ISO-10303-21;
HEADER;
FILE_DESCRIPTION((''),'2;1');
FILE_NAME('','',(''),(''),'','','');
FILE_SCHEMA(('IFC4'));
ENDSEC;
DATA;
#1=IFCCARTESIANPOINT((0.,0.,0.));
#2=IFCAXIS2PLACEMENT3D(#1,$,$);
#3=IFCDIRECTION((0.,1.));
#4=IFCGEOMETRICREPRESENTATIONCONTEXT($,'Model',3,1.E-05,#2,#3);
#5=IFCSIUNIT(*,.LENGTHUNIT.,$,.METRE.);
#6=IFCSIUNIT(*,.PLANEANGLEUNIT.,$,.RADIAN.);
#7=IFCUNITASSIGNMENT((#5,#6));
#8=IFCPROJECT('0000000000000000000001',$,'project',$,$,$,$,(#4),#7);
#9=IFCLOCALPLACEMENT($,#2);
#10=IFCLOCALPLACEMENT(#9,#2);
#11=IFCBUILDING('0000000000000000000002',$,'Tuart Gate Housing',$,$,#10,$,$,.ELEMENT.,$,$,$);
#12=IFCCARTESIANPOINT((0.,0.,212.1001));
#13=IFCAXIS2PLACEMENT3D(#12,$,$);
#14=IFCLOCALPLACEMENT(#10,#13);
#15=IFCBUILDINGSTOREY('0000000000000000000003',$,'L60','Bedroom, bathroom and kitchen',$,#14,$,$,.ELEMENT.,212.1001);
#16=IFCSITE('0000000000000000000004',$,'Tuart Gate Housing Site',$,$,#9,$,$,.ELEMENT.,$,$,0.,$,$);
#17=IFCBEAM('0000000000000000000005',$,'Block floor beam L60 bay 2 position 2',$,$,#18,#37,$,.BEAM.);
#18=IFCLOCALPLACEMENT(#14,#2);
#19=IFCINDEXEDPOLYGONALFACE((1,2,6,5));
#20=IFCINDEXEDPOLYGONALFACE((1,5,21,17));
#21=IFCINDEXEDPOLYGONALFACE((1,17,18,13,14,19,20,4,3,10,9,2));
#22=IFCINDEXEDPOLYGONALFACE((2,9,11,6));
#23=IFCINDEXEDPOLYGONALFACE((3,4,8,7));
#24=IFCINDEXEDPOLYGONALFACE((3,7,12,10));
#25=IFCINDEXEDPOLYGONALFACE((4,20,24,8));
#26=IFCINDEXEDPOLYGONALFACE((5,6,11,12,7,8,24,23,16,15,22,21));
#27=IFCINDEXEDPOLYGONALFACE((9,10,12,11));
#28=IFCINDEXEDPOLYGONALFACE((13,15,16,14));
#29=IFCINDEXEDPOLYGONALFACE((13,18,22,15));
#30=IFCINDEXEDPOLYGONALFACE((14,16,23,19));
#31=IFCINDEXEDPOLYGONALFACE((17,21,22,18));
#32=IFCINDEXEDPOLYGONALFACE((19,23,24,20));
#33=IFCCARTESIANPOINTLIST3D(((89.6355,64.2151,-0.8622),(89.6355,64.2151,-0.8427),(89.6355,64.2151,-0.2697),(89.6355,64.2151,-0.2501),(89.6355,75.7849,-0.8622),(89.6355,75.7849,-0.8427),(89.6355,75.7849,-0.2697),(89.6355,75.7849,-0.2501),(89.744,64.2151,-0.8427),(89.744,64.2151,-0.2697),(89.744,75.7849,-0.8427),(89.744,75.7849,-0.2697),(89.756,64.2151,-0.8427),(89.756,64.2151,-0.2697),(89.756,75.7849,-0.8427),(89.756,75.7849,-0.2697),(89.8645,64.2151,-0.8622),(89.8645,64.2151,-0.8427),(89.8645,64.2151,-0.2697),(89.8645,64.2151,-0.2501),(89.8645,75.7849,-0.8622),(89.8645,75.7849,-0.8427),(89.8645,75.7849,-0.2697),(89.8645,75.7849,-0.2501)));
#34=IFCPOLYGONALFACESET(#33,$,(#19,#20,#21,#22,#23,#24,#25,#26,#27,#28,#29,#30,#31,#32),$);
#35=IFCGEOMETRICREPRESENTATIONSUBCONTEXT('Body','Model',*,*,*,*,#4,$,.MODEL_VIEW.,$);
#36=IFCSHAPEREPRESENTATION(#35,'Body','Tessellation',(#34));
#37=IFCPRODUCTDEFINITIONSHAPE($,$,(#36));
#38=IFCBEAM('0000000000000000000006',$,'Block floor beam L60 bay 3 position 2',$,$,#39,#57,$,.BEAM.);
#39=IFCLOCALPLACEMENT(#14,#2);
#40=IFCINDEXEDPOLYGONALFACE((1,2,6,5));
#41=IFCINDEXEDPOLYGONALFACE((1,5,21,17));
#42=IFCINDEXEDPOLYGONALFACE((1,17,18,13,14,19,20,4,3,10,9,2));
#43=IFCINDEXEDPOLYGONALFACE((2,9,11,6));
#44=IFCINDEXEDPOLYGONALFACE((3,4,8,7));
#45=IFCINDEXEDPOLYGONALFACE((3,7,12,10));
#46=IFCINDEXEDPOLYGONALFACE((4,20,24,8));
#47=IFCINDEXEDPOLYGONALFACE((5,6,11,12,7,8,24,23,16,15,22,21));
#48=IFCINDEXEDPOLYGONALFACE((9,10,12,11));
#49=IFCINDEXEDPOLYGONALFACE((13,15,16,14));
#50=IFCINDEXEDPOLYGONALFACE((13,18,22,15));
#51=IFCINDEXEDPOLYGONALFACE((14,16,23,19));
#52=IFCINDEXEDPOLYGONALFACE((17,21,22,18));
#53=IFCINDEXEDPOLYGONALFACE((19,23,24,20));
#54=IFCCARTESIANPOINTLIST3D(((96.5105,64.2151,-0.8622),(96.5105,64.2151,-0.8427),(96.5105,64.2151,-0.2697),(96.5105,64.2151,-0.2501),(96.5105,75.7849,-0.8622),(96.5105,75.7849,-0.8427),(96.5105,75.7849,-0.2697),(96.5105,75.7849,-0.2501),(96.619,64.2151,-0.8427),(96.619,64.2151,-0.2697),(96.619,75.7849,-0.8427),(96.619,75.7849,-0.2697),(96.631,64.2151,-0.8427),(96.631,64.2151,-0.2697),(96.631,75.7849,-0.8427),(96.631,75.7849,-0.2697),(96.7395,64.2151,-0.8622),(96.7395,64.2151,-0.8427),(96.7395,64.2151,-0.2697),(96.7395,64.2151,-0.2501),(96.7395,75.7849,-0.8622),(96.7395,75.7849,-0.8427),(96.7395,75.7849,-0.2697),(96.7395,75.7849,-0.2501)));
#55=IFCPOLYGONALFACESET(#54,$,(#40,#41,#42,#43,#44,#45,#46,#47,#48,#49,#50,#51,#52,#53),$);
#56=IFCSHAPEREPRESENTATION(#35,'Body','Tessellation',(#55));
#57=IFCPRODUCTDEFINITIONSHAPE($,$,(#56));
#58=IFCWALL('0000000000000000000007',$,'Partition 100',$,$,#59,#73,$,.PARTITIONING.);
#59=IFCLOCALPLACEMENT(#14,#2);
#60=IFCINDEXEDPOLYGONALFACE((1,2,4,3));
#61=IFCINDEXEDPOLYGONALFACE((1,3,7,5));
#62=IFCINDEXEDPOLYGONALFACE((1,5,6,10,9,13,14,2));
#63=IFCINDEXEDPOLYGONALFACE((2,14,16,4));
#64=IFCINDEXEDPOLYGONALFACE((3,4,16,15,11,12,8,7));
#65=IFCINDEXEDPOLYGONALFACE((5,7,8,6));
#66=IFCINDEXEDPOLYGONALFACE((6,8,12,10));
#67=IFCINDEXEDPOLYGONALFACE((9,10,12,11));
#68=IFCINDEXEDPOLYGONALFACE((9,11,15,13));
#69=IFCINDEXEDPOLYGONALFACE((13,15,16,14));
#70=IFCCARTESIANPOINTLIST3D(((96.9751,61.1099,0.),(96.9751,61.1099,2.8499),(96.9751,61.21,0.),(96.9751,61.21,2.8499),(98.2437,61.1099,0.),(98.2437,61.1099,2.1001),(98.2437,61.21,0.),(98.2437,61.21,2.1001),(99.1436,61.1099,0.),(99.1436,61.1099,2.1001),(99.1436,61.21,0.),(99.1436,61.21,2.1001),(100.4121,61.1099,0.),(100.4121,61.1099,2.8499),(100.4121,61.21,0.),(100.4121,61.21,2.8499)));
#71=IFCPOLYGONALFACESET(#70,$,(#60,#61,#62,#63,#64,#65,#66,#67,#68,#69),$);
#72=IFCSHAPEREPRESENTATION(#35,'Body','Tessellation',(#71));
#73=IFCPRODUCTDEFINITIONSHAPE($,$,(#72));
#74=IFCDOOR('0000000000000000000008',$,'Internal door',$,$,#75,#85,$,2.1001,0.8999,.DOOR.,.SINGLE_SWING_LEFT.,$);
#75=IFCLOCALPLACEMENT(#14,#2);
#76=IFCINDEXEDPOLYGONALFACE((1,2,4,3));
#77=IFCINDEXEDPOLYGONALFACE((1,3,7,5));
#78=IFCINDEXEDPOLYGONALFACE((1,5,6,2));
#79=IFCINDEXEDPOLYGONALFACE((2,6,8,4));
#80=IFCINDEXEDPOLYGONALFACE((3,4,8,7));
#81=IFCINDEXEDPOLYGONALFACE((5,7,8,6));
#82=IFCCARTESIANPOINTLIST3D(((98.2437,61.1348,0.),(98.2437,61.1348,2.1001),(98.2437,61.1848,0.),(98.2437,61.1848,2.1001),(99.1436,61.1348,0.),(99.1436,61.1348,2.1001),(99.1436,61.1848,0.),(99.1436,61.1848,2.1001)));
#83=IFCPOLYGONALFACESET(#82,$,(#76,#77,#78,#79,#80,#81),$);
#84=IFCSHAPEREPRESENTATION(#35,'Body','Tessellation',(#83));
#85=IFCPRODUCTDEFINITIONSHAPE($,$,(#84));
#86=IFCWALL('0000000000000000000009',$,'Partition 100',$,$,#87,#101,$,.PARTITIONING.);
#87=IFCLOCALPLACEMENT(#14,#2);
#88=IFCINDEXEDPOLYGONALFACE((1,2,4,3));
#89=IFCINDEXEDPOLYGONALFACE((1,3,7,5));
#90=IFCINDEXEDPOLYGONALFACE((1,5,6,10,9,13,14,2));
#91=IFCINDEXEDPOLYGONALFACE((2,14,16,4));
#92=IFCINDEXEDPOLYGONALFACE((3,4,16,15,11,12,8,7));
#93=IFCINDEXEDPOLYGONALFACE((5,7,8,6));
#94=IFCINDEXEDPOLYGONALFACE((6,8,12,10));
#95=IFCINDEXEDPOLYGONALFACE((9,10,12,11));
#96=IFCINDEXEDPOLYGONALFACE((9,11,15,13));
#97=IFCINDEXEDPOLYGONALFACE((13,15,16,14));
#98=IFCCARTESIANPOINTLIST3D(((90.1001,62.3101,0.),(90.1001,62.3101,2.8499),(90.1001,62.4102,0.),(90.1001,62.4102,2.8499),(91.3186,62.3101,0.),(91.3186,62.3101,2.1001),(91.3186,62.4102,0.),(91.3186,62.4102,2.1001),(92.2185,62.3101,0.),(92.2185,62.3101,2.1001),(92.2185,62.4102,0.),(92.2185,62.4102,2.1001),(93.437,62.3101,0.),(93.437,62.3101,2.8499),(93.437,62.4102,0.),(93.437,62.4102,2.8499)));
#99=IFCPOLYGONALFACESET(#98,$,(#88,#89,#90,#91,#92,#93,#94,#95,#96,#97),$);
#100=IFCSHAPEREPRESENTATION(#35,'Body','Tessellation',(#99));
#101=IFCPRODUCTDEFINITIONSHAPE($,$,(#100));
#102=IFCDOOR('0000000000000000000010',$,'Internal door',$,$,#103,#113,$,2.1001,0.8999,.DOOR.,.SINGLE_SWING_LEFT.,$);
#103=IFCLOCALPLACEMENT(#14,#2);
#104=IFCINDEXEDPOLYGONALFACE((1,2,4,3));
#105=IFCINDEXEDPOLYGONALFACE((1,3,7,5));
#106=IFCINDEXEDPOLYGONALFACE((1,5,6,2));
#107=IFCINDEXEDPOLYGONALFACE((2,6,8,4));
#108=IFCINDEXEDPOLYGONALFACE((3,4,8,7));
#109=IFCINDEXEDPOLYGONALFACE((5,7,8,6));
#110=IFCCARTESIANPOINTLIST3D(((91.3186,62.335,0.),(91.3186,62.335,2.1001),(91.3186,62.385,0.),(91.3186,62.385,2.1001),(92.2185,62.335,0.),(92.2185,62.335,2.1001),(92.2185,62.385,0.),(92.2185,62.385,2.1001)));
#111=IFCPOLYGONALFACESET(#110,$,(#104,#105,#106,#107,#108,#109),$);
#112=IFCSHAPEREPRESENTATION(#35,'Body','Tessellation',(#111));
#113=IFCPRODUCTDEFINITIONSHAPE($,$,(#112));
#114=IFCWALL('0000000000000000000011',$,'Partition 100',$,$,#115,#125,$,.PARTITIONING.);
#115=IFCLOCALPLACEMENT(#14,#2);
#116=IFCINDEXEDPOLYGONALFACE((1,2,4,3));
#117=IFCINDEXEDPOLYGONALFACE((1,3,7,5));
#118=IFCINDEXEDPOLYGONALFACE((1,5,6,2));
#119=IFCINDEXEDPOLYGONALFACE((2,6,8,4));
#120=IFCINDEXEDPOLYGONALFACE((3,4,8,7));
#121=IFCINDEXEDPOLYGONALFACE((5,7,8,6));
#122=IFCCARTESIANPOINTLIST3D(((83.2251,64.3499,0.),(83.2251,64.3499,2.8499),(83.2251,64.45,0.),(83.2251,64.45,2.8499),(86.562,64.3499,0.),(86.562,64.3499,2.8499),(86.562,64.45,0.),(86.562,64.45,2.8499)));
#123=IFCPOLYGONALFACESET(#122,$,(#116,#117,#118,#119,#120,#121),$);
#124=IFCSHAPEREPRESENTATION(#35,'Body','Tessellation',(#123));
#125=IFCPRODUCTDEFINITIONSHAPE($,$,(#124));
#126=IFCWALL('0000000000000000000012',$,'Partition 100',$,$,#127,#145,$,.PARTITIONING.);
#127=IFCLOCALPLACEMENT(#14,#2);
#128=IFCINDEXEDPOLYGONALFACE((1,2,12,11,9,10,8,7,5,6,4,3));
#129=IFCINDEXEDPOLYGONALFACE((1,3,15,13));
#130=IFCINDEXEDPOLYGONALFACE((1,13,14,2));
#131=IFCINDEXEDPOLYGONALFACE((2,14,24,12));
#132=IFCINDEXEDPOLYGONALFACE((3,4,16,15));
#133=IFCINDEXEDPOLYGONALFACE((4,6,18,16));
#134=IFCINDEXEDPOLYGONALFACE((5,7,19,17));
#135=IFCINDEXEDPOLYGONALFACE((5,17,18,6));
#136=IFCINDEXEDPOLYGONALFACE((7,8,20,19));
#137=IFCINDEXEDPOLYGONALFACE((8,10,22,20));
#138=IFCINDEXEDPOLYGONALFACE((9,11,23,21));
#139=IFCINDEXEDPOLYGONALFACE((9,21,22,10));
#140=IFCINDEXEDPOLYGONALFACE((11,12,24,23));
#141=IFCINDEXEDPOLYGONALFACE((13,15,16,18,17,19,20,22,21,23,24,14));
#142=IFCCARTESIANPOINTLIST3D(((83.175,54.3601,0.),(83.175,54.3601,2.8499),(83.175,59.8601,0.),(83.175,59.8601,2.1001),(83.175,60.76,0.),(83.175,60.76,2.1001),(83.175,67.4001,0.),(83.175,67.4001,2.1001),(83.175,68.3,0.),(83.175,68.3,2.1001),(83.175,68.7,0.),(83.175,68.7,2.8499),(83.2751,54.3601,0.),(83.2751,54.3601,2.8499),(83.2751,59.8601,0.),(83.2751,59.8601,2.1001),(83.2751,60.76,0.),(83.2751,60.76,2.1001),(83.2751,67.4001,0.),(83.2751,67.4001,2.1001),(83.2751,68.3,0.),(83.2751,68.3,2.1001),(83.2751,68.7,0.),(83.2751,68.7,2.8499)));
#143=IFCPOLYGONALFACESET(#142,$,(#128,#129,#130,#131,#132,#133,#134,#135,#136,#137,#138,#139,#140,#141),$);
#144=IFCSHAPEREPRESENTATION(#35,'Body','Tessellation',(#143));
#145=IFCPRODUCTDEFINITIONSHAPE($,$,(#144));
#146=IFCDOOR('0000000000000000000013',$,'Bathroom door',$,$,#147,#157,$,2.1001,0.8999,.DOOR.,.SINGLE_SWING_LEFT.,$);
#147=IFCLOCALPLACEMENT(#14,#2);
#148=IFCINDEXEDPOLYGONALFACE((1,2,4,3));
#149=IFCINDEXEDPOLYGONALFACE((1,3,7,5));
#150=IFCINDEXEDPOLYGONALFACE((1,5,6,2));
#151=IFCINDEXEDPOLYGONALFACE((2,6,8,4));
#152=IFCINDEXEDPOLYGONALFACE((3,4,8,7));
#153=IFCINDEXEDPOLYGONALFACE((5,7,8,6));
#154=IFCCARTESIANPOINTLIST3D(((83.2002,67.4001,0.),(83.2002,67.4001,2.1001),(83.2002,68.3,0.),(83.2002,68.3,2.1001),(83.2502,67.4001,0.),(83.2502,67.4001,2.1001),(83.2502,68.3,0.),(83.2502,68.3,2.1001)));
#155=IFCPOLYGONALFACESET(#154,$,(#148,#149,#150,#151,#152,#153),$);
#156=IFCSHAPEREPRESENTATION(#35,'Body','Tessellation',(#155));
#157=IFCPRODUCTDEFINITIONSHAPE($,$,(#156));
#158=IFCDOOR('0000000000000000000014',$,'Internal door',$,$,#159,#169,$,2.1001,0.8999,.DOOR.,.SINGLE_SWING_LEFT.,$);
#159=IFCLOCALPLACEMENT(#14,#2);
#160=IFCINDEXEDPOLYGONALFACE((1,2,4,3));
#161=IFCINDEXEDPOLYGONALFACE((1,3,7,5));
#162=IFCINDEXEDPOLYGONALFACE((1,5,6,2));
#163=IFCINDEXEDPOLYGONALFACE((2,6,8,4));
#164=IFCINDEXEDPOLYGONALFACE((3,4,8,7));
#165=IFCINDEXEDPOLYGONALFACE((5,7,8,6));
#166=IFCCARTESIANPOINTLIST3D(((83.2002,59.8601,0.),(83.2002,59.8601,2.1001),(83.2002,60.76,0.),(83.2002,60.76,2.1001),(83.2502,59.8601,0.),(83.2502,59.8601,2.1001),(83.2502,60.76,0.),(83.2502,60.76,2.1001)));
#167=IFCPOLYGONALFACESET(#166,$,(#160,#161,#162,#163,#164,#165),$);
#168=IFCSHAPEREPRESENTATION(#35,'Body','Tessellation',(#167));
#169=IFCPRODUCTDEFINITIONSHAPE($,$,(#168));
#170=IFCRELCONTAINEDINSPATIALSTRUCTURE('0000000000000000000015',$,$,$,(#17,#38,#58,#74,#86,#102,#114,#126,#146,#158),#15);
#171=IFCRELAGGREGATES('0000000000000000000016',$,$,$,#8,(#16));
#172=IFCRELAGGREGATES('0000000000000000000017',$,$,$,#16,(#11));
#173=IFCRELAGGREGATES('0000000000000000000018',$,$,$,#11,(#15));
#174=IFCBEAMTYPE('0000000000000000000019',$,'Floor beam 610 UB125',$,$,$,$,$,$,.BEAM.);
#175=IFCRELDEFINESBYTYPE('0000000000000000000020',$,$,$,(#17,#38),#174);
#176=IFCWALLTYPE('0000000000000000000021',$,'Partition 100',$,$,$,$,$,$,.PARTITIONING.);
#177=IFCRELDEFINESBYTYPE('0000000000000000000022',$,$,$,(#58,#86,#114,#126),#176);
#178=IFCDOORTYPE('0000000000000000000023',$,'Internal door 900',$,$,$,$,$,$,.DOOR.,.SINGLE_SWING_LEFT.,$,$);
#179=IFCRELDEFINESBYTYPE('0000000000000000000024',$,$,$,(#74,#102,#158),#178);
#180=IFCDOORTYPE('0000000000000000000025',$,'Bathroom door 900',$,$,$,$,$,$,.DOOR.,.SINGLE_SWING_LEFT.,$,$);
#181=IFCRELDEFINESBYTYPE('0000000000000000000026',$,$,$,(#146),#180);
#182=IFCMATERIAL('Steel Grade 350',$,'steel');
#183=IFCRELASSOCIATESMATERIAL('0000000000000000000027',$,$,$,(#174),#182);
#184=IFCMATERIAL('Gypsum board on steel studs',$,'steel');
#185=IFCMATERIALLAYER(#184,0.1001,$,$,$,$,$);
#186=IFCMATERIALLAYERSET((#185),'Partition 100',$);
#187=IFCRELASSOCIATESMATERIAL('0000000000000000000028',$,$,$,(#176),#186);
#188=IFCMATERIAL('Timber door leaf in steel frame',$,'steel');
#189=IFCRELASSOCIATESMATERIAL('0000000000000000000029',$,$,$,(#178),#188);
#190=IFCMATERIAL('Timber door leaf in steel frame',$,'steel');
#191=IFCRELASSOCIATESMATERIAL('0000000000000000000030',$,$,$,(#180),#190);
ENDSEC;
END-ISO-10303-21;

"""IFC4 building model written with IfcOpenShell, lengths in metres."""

from ifc_helpers import new_model, si_unit, direction, frame, frame_2d, origin, origin_2d, place, context, subcontext, project, spatial, rectangle, i_section, extrude, material, layer, layer_set, material_profile, profile_set, type_object, element, fill, save


model = new_model("IFC4")

# Units and contexts
model_context = context("Model", 3, precision=1e-05, world=origin(), true_north=direction((0.0, 1.0)))
body_context = subcontext(model_context, "Body", "Model", "MODEL_VIEW")
ifc_project = project(units=[si_unit("LENGTHUNIT", "METRE"), si_unit("PLANEANGLEUNIT", "RADIAN")], contexts=[model_context])

# Site, building, storey
site_placement = place(None, origin())
site = spatial("IfcSite", under=ifc_project, at=site_placement, Name="Tuart Gate Housing Site", CompositionType="ELEMENT", RefElevation=0.0)
building_placement = place(site_placement, origin())
building = spatial("IfcBuilding", under=site, at=building_placement, Name="Tuart Gate Housing", CompositionType="ELEMENT")
storey_placement = place(building_placement, frame((0.0, 0.0, 212.1001)))
storey = spatial("IfcBuildingStorey", under=building, at=storey_placement, Name="L60", Description="Bedroom, bathroom and kitchen", CompositionType="ELEMENT", Elevation=212.1001)

# Beams
ifc_material_1 = material(Name="Steel Grade 350", Category="steel")
ifc_material_profile_1 = material_profile(ifc_material_1, i_section(OverallWidth=0.229, OverallDepth=0.6121, WebThickness=0.012, FlangeThickness=0.0195, at=origin_2d()), Name="610UB125")
ifc_profile_set_1 = profile_set([ifc_material_profile_1], Name="Steel Grade 350")
beam_type_1 = type_object("IfcBeamType", Name="Floor beam 610 UB125", PredefinedType="BEAM", material=ifc_profile_set_1)
for number, where, z_axis, x_axis, name in (
    (1, (89.75, 64.2151, -0.5562), (0.0, 1.0, 0.0), (-1.0, 0.0, 0.0), "Block floor beam L60 bay 2 position 2"),
    (2, (96.625, 64.2151, -0.5562), (0.0, 1.0, 0.0), (-1.0, 0.0, 0.0), "Block floor beam L60 bay 3 position 2"),
):
    element("IfcBeam", number, at=place(storey_placement, frame(where, z_axis=z_axis, x_axis=x_axis)), inside=storey, type_object=beam_type_1, Name=name, PredefinedType="BEAM", context=body_context, shape_type="SweptSolid", body=[
        extrude(i_section(OverallWidth=0.229, OverallDepth=0.6121, WebThickness=0.012, FlangeThickness=0.0195, at=origin_2d()), origin(), (0.0, 0.0, 1.0), 11.5698),
    ])

# Walls, openings, doors
ifc_material_2 = material(Name="Gypsum board on steel studs", Category="steel")
ifc_layer_1 = layer(ifc_material_2, 0.1001)
ifc_layer_set_1 = layer_set([ifc_layer_1], Name="Partition 100")
wall_type_1 = type_object("IfcWallType", Name="Partition 100", PredefinedType="PARTITIONING", material=ifc_layer_set_1)
wall_1_placement = place(storey_placement, frame((96.9751, 61.1599, 0.0), z_axis=(0.0, 0.0, 1.0), x_axis=(1.0, 0.0, 0.0)))
wall_1 = element("IfcWall", 3, at=wall_1_placement, inside=storey, type_object=wall_type_1, Name="Partition 100", PredefinedType="PARTITIONING", context=body_context, shape_type="SweptSolid", body=[
    extrude(rectangle(XDim=3.437, YDim=0.1001, at=frame_2d((1.7185, 0.0))), origin(), (0.0, 0.0, 1.0), 2.8499),
])
opening_1_placement = place(wall_1_placement, frame((1.2686, 0.0, 0.0)))
opening_1 = element("IfcOpeningElement", 4, at=opening_1_placement, cuts=wall_1, PredefinedType="OPENING", context=body_context, shape_type="SweptSolid", body=[
    extrude(rectangle(XDim=0.8999, YDim=2.1001, at=frame_2d((0.45, 1.05))), frame((0.0, 0.0601, 0.0), z_axis=(0.0, -1.0, 0.0), x_axis=(1.0, 0.0, 0.0)), (0.0, 0.0, 1.0), 0.1201),
])
ifc_material_3 = material(Name="Timber door leaf in steel frame", Category="steel")
door_type_1 = type_object("IfcDoorType", Name="Internal door 900", OperationType="SINGLE_SWING_LEFT", PredefinedType="DOOR", material=ifc_material_3)
door_1_placement = place(opening_1_placement, origin())
door_1 = element("IfcDoor", 5, at=door_1_placement, inside=storey, type_object=door_type_1, Name="Internal door", OperationType="SINGLE_SWING_LEFT", OverallHeight=2.1001, OverallWidth=0.8999, PredefinedType="DOOR", context=body_context, shape_type="SweptSolid", body=[
    extrude(rectangle(XDim=0.8999, YDim=2.1001, at=frame_2d((0.45, 1.05))), frame((0.0, 0.0249, 0.0), z_axis=(0.0, -1.0, 0.0), x_axis=(1.0, 0.0, 0.0)), (0.0, 0.0, 1.0), 0.05),
])
fill(opening_1, door_1)
wall_2_placement = place(storey_placement, frame((90.1001, 62.3601, 0.0), z_axis=(0.0, 0.0, 1.0), x_axis=(1.0, 0.0, 0.0)))
wall_2 = element("IfcWall", 6, at=wall_2_placement, inside=storey, type_object=wall_type_1, Name="Partition 100", PredefinedType="PARTITIONING", context=body_context, shape_type="SweptSolid", body=[
    extrude(rectangle(XDim=3.3369, YDim=0.1001, at=frame_2d((1.6685, 0.0))), origin(), (0.0, 0.0, 1.0), 2.8499),
])
opening_2_placement = place(wall_2_placement, frame((1.2185, 0.0, 0.0)))
opening_2 = element("IfcOpeningElement", 7, at=opening_2_placement, cuts=wall_2, PredefinedType="OPENING", context=body_context, shape_type="SweptSolid", body=[
    extrude(rectangle(XDim=0.8999, YDim=2.1001, at=frame_2d((0.45, 1.05))), frame((0.0, 0.0601, 0.0), z_axis=(0.0, -1.0, 0.0), x_axis=(1.0, 0.0, 0.0)), (0.0, 0.0, 1.0), 0.1201),
])
door_2_placement = place(opening_2_placement, origin())
door_2 = element("IfcDoor", 8, at=door_2_placement, inside=storey, type_object=door_type_1, Name="Internal door", OperationType="SINGLE_SWING_LEFT", OverallHeight=2.1001, OverallWidth=0.8999, PredefinedType="DOOR", context=body_context, shape_type="SweptSolid", body=[
    extrude(rectangle(XDim=0.8999, YDim=2.1001, at=frame_2d((0.45, 1.05))), frame((0.0, 0.0249, 0.0), z_axis=(0.0, -1.0, 0.0), x_axis=(1.0, 0.0, 0.0)), (0.0, 0.0, 1.0), 0.05),
])
fill(opening_2, door_2)

# Wall
wall_3_placement = place(storey_placement, frame((83.2251, 64.3999, 0.0), z_axis=(0.0, 0.0, 1.0), x_axis=(1.0, 0.0, 0.0)))
element("IfcWall", 9, at=wall_3_placement, inside=storey, type_object=wall_type_1, Name="Partition 100", PredefinedType="PARTITIONING", context=body_context, shape_type="SweptSolid", body=[
    extrude(rectangle(XDim=3.3369, YDim=0.1001, at=frame_2d((1.6685, 0.0))), origin(), (0.0, 0.0, 1.0), 2.8499),
])

# Wall, openings, doors
wall_4_placement = place(storey_placement, frame((83.2251, 54.3601, 0.0), z_axis=(0.0, 0.0, 1.0), x_axis=(0.0, 1.0, 0.0)))
wall_4 = element("IfcWall", 10, at=wall_4_placement, inside=storey, type_object=wall_type_1, Name="Partition 100", PredefinedType="PARTITIONING", context=body_context, shape_type="SweptSolid", body=[
    extrude(rectangle(XDim=14.3398, YDim=0.1001, at=frame_2d((7.1699, 0.0))), origin(), (0.0, 0.0, 1.0), 2.8499),
])
opening_3_placement = place(wall_4_placement, frame((5.5, 0.0, 0.0)))
opening_3 = element("IfcOpeningElement", 11, at=opening_3_placement, cuts=wall_4, PredefinedType="OPENING", context=body_context, shape_type="SweptSolid", body=[
    extrude(rectangle(XDim=0.8999, YDim=2.1001, at=frame_2d((0.45, 1.05))), frame((0.0, 0.0601, 0.0), z_axis=(0.0, -1.0, 0.0), x_axis=(1.0, 0.0, 0.0)), (0.0, 0.0, 1.0), 0.1201),
])
opening_4_placement = place(wall_4_placement, frame((13.04, 0.0, 0.0)))
opening_4 = element("IfcOpeningElement", 12, at=opening_4_placement, cuts=wall_4, PredefinedType="OPENING", context=body_context, shape_type="SweptSolid", body=[
    extrude(rectangle(XDim=0.8999, YDim=2.1001, at=frame_2d((0.45, 1.05))), frame((0.0, 0.0601, 0.0), z_axis=(0.0, -1.0, 0.0), x_axis=(1.0, 0.0, 0.0)), (0.0, 0.0, 1.0), 0.1201),
])
ifc_material_4 = material(Name="Timber door leaf in steel frame", Category="steel")
door_type_2 = type_object("IfcDoorType", Name="Bathroom door 900", OperationType="SINGLE_SWING_LEFT", PredefinedType="DOOR", material=ifc_material_4)
door_3_placement = place(opening_4_placement, frame((0.8999, 0.0, 0.0), z_axis=(0.0, 0.0, 1.0), x_axis=(-1.0, 0.0, 0.0)))
door_3 = element("IfcDoor", 13, at=door_3_placement, inside=storey, type_object=door_type_2, Name="Bathroom door", OperationType="SINGLE_SWING_LEFT", OverallHeight=2.1001, OverallWidth=0.8999, PredefinedType="DOOR", context=body_context, shape_type="SweptSolid", body=[
    extrude(rectangle(XDim=0.8999, YDim=2.1001, at=frame_2d((0.45, 1.05))), frame((0.0, 0.0251, 0.0), z_axis=(0.0, -1.0, 0.0), x_axis=(1.0, 0.0, 0.0)), (0.0, 0.0, 1.0), 0.05),
])
fill(opening_4, door_3)
door_4_placement = place(opening_3_placement, frame((0.8999, 0.0, 0.0), z_axis=(0.0, 0.0, 1.0), x_axis=(-1.0, 0.0, 0.0)))
door_4 = element("IfcDoor", 14, at=door_4_placement, inside=storey, type_object=door_type_1, Name="Internal door", OperationType="SINGLE_SWING_LEFT", OverallHeight=2.1001, OverallWidth=0.8999, PredefinedType="DOOR", context=body_context, shape_type="SweptSolid", body=[
    extrude(rectangle(XDim=0.8999, YDim=2.1001, at=frame_2d((0.45, 1.05))), frame((0.0, 0.0251, 0.0), z_axis=(0.0, -1.0, 0.0), x_axis=(1.0, 0.0, 0.0)), (0.0, 0.0, 1.0), 0.05),
])
fill(opening_3, door_4)

save(model, "model.ifc")
